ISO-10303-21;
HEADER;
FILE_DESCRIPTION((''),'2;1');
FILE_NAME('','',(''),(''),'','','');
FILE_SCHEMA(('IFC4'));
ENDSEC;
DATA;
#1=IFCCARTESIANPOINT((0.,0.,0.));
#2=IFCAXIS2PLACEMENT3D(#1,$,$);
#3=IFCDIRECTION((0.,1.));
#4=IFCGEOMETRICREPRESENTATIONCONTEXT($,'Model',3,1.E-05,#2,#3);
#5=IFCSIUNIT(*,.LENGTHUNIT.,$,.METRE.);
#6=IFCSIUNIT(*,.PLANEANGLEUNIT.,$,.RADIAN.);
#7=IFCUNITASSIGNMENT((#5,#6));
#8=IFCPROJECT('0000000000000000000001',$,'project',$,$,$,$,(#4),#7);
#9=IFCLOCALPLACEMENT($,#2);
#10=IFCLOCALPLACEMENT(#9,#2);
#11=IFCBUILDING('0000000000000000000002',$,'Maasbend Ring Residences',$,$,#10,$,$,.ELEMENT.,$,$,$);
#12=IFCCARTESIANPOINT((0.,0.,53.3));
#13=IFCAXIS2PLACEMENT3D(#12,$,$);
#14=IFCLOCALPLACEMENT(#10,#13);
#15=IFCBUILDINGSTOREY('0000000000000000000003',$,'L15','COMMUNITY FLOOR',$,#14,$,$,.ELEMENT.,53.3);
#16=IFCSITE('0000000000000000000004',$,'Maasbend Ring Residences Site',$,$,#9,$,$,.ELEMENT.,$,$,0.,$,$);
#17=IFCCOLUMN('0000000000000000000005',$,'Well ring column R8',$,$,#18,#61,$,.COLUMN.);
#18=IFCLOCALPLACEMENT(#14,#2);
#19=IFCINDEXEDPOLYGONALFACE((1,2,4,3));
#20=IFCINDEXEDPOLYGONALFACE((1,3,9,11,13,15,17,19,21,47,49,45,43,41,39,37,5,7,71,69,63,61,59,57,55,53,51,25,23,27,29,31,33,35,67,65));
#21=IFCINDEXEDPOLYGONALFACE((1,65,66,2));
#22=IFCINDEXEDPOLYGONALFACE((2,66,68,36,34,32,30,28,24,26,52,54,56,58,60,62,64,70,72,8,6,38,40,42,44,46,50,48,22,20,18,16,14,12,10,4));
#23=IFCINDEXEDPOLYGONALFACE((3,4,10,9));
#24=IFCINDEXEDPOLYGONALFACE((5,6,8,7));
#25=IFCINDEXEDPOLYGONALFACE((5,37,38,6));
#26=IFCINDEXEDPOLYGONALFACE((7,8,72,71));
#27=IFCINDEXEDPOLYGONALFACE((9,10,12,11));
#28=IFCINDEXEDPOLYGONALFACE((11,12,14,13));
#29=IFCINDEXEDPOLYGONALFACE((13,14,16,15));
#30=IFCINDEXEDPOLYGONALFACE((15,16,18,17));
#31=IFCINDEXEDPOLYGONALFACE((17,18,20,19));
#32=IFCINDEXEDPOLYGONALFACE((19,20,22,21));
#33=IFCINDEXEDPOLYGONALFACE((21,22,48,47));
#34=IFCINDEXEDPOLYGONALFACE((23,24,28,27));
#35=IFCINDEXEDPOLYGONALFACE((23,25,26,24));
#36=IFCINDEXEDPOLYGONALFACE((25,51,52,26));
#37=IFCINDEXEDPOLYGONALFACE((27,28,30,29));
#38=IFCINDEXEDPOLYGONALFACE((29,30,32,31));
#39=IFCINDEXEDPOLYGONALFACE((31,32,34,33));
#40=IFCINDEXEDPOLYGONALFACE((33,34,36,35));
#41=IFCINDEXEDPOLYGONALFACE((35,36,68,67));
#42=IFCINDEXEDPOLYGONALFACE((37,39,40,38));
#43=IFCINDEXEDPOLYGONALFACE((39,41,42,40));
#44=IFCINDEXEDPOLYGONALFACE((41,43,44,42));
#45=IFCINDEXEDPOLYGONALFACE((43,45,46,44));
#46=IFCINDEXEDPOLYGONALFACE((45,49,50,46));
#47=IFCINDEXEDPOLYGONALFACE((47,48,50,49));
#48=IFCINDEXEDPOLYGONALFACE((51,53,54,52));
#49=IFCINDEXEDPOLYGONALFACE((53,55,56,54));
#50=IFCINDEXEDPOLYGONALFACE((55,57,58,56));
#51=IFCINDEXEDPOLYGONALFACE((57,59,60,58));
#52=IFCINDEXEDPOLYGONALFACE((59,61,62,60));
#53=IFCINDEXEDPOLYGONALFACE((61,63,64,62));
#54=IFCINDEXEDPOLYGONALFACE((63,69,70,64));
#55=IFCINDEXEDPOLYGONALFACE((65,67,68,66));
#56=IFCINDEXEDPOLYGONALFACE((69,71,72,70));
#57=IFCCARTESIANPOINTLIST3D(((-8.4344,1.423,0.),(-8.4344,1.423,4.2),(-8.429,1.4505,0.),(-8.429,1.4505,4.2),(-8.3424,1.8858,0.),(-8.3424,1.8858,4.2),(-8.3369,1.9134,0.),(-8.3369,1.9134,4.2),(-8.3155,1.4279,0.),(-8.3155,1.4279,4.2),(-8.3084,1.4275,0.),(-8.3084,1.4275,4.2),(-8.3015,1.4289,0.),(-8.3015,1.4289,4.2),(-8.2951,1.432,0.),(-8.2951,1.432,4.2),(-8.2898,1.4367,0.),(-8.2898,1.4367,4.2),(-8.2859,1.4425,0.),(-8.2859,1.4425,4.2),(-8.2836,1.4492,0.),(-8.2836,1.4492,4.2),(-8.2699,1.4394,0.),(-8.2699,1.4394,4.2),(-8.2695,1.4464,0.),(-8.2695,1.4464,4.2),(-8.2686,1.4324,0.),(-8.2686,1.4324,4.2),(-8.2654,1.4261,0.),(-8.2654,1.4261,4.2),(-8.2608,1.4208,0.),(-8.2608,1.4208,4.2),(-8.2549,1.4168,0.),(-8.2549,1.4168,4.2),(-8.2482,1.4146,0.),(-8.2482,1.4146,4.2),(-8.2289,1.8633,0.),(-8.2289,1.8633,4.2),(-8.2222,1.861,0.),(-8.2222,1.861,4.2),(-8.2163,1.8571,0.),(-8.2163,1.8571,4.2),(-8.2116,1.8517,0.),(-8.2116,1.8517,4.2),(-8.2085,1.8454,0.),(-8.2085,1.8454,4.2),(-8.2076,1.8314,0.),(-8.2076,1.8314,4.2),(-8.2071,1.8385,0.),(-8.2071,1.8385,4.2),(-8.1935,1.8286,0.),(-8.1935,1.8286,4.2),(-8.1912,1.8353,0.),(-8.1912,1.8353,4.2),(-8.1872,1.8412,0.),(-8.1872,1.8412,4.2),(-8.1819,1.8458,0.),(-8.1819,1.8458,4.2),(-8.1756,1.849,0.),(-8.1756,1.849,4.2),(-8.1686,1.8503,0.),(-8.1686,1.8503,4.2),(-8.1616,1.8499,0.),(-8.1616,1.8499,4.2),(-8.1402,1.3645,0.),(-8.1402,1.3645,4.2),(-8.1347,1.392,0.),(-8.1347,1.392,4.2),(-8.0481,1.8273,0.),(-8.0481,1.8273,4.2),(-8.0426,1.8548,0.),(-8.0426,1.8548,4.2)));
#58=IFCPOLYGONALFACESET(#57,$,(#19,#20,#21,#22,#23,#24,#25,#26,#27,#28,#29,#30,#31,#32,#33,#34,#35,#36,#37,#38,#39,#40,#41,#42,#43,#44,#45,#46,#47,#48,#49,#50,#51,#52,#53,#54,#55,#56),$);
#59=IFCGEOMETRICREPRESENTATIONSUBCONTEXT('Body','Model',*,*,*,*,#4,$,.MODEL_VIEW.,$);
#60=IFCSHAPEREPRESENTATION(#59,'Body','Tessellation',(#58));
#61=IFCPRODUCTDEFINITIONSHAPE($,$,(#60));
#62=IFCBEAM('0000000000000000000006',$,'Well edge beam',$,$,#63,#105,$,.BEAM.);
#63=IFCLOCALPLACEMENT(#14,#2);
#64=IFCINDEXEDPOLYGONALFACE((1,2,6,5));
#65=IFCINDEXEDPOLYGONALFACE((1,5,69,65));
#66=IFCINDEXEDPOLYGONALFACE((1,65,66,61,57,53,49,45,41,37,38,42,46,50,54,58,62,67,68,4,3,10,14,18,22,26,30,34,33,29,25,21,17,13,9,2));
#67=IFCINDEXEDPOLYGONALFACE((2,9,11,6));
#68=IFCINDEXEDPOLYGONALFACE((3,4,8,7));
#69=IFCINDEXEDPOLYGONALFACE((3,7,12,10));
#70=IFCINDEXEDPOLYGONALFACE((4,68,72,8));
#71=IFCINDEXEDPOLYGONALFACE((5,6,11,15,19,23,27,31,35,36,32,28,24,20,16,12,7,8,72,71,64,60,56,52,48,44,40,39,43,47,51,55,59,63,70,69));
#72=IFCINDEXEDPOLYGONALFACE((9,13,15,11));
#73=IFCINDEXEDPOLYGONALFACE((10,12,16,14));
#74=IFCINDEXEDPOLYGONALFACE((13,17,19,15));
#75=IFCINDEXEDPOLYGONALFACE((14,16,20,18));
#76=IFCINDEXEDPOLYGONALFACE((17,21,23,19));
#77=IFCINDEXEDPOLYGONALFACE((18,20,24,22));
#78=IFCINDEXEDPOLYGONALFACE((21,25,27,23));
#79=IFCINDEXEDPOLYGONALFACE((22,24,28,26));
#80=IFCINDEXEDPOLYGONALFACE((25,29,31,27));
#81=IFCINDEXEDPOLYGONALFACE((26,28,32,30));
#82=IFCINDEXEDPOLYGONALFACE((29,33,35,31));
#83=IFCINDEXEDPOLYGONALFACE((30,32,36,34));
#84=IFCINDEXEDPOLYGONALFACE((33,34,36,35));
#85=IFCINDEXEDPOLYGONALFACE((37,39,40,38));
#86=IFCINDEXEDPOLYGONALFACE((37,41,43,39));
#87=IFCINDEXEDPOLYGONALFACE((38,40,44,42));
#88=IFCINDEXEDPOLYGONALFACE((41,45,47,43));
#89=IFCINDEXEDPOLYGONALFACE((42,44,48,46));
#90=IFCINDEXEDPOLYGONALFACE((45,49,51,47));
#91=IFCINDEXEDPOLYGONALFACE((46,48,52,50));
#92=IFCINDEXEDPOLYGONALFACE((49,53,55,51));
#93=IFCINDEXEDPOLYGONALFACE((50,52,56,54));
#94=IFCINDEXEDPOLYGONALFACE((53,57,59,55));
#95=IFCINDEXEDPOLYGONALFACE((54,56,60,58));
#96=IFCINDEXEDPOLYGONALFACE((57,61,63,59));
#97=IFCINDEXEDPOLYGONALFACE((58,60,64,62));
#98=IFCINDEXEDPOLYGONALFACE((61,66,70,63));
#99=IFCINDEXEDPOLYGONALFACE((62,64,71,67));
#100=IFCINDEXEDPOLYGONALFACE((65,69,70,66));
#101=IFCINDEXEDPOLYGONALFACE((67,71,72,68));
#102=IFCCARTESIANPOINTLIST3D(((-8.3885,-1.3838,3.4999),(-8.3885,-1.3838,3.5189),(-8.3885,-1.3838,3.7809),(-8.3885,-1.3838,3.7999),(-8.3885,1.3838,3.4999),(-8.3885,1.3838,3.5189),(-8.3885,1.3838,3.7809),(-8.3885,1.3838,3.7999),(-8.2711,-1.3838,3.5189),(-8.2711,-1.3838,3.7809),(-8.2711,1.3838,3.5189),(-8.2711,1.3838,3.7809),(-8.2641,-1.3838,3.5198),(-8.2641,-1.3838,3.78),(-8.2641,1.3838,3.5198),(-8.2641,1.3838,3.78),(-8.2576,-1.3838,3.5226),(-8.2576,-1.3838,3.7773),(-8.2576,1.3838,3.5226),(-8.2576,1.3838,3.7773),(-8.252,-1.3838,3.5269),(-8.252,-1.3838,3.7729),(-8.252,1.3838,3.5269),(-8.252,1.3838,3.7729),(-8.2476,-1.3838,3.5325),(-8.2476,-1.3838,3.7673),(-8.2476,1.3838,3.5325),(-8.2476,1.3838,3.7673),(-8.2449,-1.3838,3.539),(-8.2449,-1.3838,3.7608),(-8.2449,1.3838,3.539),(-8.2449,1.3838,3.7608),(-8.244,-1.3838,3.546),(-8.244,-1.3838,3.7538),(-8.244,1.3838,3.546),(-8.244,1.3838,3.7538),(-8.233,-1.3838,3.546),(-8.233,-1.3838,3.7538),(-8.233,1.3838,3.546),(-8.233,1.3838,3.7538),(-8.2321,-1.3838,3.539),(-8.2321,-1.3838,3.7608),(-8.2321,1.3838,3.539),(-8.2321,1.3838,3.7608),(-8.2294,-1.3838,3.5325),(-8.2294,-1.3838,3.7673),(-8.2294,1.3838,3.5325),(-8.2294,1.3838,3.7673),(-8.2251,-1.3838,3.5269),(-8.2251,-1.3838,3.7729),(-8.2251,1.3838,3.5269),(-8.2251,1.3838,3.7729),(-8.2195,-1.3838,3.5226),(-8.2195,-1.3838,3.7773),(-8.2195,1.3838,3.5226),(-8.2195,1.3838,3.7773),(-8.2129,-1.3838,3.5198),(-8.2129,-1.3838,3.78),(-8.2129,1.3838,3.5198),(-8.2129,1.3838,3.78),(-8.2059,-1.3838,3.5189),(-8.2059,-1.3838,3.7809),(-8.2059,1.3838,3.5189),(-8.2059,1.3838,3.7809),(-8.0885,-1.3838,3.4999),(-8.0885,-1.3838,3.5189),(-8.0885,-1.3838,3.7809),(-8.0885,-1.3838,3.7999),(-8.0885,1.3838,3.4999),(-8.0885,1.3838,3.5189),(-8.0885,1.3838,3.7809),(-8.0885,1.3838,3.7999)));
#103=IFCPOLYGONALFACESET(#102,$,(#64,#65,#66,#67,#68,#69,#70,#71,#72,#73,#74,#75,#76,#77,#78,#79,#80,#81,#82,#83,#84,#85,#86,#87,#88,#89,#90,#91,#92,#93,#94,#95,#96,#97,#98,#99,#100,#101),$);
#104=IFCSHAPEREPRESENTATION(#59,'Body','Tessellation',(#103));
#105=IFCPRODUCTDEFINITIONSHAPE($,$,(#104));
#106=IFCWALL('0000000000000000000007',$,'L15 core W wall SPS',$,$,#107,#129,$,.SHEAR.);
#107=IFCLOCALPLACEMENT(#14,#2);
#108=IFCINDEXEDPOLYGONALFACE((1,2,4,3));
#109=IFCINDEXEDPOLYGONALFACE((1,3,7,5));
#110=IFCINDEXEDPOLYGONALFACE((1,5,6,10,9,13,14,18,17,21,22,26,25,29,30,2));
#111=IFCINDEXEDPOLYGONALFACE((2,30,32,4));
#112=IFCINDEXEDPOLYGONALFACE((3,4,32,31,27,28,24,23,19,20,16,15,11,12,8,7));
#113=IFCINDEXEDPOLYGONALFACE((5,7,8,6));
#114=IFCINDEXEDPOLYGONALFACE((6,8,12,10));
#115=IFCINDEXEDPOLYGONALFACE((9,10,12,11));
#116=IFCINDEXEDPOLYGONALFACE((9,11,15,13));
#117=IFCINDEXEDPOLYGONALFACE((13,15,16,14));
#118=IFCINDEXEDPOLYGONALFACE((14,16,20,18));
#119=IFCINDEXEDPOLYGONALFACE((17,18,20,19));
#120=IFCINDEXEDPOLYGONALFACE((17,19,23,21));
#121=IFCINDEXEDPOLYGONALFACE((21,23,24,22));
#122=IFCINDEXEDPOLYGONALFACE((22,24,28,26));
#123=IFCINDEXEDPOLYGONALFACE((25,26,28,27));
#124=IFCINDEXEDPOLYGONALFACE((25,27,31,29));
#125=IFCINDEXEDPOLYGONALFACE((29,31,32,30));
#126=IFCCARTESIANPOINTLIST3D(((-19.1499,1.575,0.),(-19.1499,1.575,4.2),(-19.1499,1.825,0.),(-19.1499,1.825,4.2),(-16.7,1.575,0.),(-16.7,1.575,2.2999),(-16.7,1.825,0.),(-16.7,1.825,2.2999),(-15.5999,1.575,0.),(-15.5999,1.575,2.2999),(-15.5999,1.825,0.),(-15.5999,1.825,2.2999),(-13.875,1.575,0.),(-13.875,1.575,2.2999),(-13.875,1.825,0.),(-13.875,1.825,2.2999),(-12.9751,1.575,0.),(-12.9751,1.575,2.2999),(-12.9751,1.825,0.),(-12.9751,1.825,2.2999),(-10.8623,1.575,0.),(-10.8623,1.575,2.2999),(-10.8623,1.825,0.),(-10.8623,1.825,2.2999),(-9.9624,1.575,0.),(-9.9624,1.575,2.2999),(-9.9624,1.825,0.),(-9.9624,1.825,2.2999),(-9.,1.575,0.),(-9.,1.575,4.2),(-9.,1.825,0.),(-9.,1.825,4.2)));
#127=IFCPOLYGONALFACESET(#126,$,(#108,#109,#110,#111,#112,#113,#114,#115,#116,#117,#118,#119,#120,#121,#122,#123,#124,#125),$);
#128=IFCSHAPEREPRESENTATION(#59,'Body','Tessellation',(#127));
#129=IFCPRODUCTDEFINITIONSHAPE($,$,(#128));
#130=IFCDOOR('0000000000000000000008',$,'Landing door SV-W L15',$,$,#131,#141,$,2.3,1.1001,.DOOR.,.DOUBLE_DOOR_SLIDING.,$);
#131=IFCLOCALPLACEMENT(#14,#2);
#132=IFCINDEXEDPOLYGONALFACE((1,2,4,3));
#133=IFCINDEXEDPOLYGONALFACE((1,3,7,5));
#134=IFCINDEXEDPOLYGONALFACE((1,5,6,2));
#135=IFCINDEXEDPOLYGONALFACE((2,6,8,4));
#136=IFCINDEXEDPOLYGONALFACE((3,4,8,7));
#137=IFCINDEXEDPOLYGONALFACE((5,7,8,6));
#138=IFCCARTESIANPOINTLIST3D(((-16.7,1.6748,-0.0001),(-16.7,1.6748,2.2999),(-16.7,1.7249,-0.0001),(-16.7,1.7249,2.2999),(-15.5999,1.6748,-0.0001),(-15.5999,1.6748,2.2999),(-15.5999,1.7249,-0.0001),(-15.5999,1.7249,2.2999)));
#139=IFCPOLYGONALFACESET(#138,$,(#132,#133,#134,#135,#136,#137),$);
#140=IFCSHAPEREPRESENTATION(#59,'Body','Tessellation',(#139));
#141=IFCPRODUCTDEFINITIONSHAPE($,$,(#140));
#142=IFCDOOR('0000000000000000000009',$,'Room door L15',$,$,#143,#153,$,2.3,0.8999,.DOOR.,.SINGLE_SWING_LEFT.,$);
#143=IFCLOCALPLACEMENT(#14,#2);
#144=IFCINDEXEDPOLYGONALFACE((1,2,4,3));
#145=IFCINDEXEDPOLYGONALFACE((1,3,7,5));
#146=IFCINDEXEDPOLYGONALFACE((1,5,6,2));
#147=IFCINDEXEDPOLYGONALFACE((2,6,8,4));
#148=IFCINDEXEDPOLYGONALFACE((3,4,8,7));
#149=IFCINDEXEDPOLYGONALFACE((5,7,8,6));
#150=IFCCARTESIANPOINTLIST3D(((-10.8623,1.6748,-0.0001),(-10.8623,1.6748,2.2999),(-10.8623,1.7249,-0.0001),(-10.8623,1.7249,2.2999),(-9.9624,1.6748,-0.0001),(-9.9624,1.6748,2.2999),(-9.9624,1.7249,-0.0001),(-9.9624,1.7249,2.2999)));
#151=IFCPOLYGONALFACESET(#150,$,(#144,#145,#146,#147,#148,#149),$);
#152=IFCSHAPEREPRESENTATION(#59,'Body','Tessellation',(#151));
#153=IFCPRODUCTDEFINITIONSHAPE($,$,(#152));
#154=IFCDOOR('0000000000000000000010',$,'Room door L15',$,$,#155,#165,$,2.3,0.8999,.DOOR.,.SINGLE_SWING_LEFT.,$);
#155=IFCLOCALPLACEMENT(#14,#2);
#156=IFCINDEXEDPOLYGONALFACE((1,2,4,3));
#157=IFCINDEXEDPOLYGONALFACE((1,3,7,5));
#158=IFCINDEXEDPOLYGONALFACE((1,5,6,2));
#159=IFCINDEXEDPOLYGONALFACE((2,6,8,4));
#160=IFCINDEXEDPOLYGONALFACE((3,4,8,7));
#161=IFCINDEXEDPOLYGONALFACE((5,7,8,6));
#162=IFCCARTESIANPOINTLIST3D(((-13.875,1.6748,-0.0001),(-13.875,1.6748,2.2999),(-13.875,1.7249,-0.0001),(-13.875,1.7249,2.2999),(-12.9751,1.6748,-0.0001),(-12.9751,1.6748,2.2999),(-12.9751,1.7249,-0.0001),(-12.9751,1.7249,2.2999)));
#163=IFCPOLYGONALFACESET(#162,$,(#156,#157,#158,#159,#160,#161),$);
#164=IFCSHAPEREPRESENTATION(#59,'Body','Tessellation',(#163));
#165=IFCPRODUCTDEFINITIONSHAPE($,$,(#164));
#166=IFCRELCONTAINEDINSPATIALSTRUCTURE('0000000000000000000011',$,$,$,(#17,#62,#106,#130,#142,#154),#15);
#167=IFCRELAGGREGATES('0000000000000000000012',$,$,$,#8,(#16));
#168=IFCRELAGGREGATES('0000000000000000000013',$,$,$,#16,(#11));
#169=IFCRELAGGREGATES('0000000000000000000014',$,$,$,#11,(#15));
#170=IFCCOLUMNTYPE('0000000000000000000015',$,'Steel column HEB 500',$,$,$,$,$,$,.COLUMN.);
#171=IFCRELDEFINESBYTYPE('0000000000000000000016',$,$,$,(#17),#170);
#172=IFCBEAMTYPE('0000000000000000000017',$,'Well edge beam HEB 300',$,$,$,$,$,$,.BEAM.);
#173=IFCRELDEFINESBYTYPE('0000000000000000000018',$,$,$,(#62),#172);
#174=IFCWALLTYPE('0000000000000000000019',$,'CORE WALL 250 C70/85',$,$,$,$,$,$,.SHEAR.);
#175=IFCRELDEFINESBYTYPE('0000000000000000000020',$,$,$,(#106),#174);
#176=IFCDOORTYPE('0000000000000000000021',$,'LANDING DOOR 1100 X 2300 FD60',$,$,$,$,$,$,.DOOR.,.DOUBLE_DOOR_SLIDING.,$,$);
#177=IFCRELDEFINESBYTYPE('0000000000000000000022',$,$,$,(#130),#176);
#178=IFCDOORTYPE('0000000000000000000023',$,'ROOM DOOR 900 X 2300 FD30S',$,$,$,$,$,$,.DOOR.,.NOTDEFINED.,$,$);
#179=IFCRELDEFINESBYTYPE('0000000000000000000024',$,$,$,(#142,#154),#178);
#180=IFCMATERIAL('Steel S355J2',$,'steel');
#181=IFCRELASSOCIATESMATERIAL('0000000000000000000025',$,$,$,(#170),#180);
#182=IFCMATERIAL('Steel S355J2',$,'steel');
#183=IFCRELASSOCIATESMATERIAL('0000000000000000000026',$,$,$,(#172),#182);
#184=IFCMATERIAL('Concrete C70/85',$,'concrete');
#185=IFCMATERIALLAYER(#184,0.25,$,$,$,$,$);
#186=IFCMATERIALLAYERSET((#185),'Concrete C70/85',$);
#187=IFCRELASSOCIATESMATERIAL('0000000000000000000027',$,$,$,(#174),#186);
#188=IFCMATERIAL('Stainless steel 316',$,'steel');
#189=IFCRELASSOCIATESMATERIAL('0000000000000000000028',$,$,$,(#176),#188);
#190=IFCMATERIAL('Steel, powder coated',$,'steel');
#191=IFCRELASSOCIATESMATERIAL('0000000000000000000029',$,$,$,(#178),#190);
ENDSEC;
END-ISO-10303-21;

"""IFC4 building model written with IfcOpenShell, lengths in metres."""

from ifc_helpers import new_model, si_unit, direction, frame, frame_2d, origin, origin_2d, place, context, subcontext, project, spatial, rectangle, i_section, extrude, material, layer, layer_set, material_profile, profile_set, type_object, element, fill, save


model = new_model("IFC4")

# Units and contexts
model_context = context("Model", 3, precision=1e-05, world=origin(), true_north=direction((0.0, 1.0)))
body_context = subcontext(model_context, "Body", "Model", "MODEL_VIEW")
ifc_project = project(units=[si_unit("LENGTHUNIT", "METRE"), si_unit("PLANEANGLEUNIT", "RADIAN")], contexts=[model_context])

# Site, building, storey
site_placement = place(None, origin())
site = spatial("IfcSite", under=ifc_project, at=site_placement, Name="Maasbend Ring Residences Site", CompositionType="ELEMENT", RefElevation=0.0)
building_placement = place(site_placement, origin())
building = spatial("IfcBuilding", under=site, at=building_placement, Name="Maasbend Ring Residences", CompositionType="ELEMENT")
storey_placement = place(building_placement, frame((0.0, 0.0, 53.3)))
storey = spatial("IfcBuildingStorey", under=building, at=storey_placement, Name="L15", Description="COMMUNITY FLOOR", CompositionType="ELEMENT", Elevation=53.3)

# Column
ifc_material_1 = material(Name="Steel S355J2", Category="steel")
ifc_material_profile_1 = material_profile(ifc_material_1, i_section(OverallWidth=0.3, OverallDepth=0.5, WebThickness=0.0144, FlangeThickness=0.0281, FilletRadius=0.0271, at=origin_2d()), Name="HEB 500")
ifc_profile_set_1 = profile_set([ifc_material_profile_1], Name="Steel S355J2")
column_type = type_object("IfcColumnType", Name="Steel column HEB 500", PredefinedType="COLUMN", material=ifc_profile_set_1)
column_placement = place(storey_placement, frame((-8.2385, 1.6389, 0.0), z_axis=(0.0, 0.0, 1.0), x_axis=(-0.980785, 0.19509, 0.0)))
element("IfcColumn", 1, at=column_placement, inside=storey, type_object=column_type, Name="Well ring column R8", PredefinedType="COLUMN", context=body_context, shape_type="SweptSolid", body=[
    extrude(i_section(OverallWidth=0.3, OverallDepth=0.5, WebThickness=0.0144, FlangeThickness=0.0281, FilletRadius=0.0271, at=origin_2d()), origin(), (0.0, 0.0, 1.0), 4.2),
])

# Beam
ifc_material_2 = material(Name="Steel S355J2", Category="steel")
ifc_material_profile_2 = material_profile(ifc_material_2, i_section(OverallWidth=0.3, OverallDepth=0.3, WebThickness=0.011, FlangeThickness=0.019, FilletRadius=0.0271, at=origin_2d()), Name="HEB 300")
ifc_profile_set_2 = profile_set([ifc_material_profile_2], Name="Steel S355J2")
beam_type = type_object("IfcBeamType", Name="Well edge beam HEB 300", PredefinedType="BEAM", material=ifc_profile_set_2)
beam_placement = place(storey_placement, frame((-8.2385, 1.3838, 3.6499), z_axis=(0.0, -1.0, 0.0), x_axis=(1.0, 0.0, 0.0)))
element("IfcBeam", 2, at=beam_placement, inside=storey, type_object=beam_type, Name="Well edge beam", PredefinedType="BEAM", context=body_context, shape_type="SweptSolid", body=[
    extrude(i_section(OverallWidth=0.3, OverallDepth=0.3, WebThickness=0.011, FlangeThickness=0.019, FilletRadius=0.0271, at=origin_2d()), origin(), (0.0, 0.0, 1.0), 2.7676),
])

# Wall, openings, doors
ifc_material_3 = material(Name="Concrete C70/85", Category="concrete")
ifc_layer_1 = layer(ifc_material_3, 0.25)
ifc_layer_set_1 = layer_set([ifc_layer_1], Name="Concrete C70/85")
wall_type_1 = type_object("IfcWallType", Name="CORE WALL 250 C70/85", PredefinedType="SHEAR", material=ifc_layer_set_1)
wall_1_placement = place(storey_placement, frame((-19.1499, 1.7, 0.0), z_axis=(0.0, 0.0, 1.0), x_axis=(1.0, 0.0, 0.0)))
wall_1 = element("IfcWall", 3, at=wall_1_placement, inside=storey, type_object=wall_type_1, Name="L15 core W wall SPS", PredefinedType="SHEAR", context=body_context, shape_type="SweptSolid", body=[
    extrude(rectangle(XDim=10.1499, YDim=0.25, at=frame_2d((5.075, 0.0))), origin(), (0.0, 0.0, 1.0), 4.2),
])
opening_1_placement = place(wall_1_placement, frame((2.45, 0.0, 0.0)))
opening_1 = element("IfcOpeningElement", 4, at=opening_1_placement, cuts=wall_1, PredefinedType="OPENING", context=body_context, shape_type="SweptSolid", body=[
    extrude(rectangle(XDim=1.1001, YDim=2.3, at=frame_2d((0.55, 1.1499))), frame((0.0, 0.135, 0.0), z_axis=(0.0, -1.0, 0.0), x_axis=(1.0, 0.0, 0.0)), (0.0, 0.0, 1.0), 0.27),
])
opening_2_placement = place(wall_1_placement, frame((8.2876, 0.0, 0.0)))
opening_2 = element("IfcOpeningElement", 5, at=opening_2_placement, cuts=wall_1, PredefinedType="OPENING", context=body_context, shape_type="SweptSolid", body=[
    extrude(rectangle(XDim=0.8999, YDim=2.3, at=frame_2d((0.45, 1.1499))), frame((0.0, 0.135, 0.0), z_axis=(0.0, -1.0, 0.0), x_axis=(1.0, 0.0, 0.0)), (0.0, 0.0, 1.0), 0.27),
])
opening_3_placement = place(wall_1_placement, frame((5.2749, 0.0, 0.0)))
opening_3 = element("IfcOpeningElement", 6, at=opening_3_placement, cuts=wall_1, PredefinedType="OPENING", context=body_context, shape_type="SweptSolid", body=[
    extrude(rectangle(XDim=0.8999, YDim=2.3, at=frame_2d((0.45, 1.1499))), frame((0.0, 0.135, 0.0), z_axis=(0.0, -1.0, 0.0), x_axis=(1.0, 0.0, 0.0)), (0.0, 0.0, 1.0), 0.27),
])
ifc_material_4 = material(Name="Stainless steel 316", Category="steel")
door_type_1 = type_object("IfcDoorType", Name="LANDING DOOR 1100 X 2300 FD60", OperationType="DOUBLE_DOOR_SLIDING", PredefinedType="DOOR", material=ifc_material_4)
door_1_placement = place(opening_1_placement, origin())
door_1 = element("IfcDoor", 7, at=door_1_placement, inside=storey, type_object=door_type_1, Name="Landing door SV-W L15", OperationType="DOUBLE_DOOR_SLIDING", OverallHeight=2.3, OverallWidth=1.1001, PredefinedType="DOOR", context=body_context, shape_type="SweptSolid", body=[
    extrude(rectangle(XDim=1.1001, YDim=2.3, at=frame_2d((0.55, 1.1499))), frame((0.0, 0.0249, 0.0), z_axis=(0.0, -1.0, 0.0), x_axis=(1.0, 0.0, 0.0)), (0.0, 0.0, 1.0), 0.05),
])
fill(opening_1, door_1)
ifc_material_5 = material(Name="Steel, powder coated", Category="steel")
door_type_2 = type_object("IfcDoorType", Name="ROOM DOOR 900 X 2300 FD30S", OperationType="NOTDEFINED", PredefinedType="DOOR", material=ifc_material_5)
door_2_placement = place(opening_2_placement, origin())
door_2 = element("IfcDoor", 8, at=door_2_placement, inside=storey, type_object=door_type_2, Name="Room door L15", OperationType="SINGLE_SWING_LEFT", OverallHeight=2.3, OverallWidth=0.8999, PredefinedType="DOOR", context=body_context, shape_type="SweptSolid", body=[
    extrude(rectangle(XDim=0.8999, YDim=2.3, at=frame_2d((0.45, 1.1499))), frame((0.0, 0.0249, 0.0), z_axis=(0.0, -1.0, 0.0), x_axis=(1.0, 0.0, 0.0)), (0.0, 0.0, 1.0), 0.05),
])
fill(opening_2, door_2)
door_3_placement = place(opening_3_placement, origin())
door_3 = element("IfcDoor", 9, at=door_3_placement, inside=storey, type_object=door_type_2, Name="Room door L15", OperationType="SINGLE_SWING_LEFT", OverallHeight=2.3, OverallWidth=0.8999, PredefinedType="DOOR", context=body_context, shape_type="SweptSolid", body=[
    extrude(rectangle(XDim=0.8999, YDim=2.3, at=frame_2d((0.45, 1.1499))), frame((0.0, 0.0249, 0.0), z_axis=(0.0, -1.0, 0.0), x_axis=(1.0, 0.0, 0.0)), (0.0, 0.0, 1.0), 0.05),
])
fill(opening_3, door_3)

save(model, "model.ifc")
